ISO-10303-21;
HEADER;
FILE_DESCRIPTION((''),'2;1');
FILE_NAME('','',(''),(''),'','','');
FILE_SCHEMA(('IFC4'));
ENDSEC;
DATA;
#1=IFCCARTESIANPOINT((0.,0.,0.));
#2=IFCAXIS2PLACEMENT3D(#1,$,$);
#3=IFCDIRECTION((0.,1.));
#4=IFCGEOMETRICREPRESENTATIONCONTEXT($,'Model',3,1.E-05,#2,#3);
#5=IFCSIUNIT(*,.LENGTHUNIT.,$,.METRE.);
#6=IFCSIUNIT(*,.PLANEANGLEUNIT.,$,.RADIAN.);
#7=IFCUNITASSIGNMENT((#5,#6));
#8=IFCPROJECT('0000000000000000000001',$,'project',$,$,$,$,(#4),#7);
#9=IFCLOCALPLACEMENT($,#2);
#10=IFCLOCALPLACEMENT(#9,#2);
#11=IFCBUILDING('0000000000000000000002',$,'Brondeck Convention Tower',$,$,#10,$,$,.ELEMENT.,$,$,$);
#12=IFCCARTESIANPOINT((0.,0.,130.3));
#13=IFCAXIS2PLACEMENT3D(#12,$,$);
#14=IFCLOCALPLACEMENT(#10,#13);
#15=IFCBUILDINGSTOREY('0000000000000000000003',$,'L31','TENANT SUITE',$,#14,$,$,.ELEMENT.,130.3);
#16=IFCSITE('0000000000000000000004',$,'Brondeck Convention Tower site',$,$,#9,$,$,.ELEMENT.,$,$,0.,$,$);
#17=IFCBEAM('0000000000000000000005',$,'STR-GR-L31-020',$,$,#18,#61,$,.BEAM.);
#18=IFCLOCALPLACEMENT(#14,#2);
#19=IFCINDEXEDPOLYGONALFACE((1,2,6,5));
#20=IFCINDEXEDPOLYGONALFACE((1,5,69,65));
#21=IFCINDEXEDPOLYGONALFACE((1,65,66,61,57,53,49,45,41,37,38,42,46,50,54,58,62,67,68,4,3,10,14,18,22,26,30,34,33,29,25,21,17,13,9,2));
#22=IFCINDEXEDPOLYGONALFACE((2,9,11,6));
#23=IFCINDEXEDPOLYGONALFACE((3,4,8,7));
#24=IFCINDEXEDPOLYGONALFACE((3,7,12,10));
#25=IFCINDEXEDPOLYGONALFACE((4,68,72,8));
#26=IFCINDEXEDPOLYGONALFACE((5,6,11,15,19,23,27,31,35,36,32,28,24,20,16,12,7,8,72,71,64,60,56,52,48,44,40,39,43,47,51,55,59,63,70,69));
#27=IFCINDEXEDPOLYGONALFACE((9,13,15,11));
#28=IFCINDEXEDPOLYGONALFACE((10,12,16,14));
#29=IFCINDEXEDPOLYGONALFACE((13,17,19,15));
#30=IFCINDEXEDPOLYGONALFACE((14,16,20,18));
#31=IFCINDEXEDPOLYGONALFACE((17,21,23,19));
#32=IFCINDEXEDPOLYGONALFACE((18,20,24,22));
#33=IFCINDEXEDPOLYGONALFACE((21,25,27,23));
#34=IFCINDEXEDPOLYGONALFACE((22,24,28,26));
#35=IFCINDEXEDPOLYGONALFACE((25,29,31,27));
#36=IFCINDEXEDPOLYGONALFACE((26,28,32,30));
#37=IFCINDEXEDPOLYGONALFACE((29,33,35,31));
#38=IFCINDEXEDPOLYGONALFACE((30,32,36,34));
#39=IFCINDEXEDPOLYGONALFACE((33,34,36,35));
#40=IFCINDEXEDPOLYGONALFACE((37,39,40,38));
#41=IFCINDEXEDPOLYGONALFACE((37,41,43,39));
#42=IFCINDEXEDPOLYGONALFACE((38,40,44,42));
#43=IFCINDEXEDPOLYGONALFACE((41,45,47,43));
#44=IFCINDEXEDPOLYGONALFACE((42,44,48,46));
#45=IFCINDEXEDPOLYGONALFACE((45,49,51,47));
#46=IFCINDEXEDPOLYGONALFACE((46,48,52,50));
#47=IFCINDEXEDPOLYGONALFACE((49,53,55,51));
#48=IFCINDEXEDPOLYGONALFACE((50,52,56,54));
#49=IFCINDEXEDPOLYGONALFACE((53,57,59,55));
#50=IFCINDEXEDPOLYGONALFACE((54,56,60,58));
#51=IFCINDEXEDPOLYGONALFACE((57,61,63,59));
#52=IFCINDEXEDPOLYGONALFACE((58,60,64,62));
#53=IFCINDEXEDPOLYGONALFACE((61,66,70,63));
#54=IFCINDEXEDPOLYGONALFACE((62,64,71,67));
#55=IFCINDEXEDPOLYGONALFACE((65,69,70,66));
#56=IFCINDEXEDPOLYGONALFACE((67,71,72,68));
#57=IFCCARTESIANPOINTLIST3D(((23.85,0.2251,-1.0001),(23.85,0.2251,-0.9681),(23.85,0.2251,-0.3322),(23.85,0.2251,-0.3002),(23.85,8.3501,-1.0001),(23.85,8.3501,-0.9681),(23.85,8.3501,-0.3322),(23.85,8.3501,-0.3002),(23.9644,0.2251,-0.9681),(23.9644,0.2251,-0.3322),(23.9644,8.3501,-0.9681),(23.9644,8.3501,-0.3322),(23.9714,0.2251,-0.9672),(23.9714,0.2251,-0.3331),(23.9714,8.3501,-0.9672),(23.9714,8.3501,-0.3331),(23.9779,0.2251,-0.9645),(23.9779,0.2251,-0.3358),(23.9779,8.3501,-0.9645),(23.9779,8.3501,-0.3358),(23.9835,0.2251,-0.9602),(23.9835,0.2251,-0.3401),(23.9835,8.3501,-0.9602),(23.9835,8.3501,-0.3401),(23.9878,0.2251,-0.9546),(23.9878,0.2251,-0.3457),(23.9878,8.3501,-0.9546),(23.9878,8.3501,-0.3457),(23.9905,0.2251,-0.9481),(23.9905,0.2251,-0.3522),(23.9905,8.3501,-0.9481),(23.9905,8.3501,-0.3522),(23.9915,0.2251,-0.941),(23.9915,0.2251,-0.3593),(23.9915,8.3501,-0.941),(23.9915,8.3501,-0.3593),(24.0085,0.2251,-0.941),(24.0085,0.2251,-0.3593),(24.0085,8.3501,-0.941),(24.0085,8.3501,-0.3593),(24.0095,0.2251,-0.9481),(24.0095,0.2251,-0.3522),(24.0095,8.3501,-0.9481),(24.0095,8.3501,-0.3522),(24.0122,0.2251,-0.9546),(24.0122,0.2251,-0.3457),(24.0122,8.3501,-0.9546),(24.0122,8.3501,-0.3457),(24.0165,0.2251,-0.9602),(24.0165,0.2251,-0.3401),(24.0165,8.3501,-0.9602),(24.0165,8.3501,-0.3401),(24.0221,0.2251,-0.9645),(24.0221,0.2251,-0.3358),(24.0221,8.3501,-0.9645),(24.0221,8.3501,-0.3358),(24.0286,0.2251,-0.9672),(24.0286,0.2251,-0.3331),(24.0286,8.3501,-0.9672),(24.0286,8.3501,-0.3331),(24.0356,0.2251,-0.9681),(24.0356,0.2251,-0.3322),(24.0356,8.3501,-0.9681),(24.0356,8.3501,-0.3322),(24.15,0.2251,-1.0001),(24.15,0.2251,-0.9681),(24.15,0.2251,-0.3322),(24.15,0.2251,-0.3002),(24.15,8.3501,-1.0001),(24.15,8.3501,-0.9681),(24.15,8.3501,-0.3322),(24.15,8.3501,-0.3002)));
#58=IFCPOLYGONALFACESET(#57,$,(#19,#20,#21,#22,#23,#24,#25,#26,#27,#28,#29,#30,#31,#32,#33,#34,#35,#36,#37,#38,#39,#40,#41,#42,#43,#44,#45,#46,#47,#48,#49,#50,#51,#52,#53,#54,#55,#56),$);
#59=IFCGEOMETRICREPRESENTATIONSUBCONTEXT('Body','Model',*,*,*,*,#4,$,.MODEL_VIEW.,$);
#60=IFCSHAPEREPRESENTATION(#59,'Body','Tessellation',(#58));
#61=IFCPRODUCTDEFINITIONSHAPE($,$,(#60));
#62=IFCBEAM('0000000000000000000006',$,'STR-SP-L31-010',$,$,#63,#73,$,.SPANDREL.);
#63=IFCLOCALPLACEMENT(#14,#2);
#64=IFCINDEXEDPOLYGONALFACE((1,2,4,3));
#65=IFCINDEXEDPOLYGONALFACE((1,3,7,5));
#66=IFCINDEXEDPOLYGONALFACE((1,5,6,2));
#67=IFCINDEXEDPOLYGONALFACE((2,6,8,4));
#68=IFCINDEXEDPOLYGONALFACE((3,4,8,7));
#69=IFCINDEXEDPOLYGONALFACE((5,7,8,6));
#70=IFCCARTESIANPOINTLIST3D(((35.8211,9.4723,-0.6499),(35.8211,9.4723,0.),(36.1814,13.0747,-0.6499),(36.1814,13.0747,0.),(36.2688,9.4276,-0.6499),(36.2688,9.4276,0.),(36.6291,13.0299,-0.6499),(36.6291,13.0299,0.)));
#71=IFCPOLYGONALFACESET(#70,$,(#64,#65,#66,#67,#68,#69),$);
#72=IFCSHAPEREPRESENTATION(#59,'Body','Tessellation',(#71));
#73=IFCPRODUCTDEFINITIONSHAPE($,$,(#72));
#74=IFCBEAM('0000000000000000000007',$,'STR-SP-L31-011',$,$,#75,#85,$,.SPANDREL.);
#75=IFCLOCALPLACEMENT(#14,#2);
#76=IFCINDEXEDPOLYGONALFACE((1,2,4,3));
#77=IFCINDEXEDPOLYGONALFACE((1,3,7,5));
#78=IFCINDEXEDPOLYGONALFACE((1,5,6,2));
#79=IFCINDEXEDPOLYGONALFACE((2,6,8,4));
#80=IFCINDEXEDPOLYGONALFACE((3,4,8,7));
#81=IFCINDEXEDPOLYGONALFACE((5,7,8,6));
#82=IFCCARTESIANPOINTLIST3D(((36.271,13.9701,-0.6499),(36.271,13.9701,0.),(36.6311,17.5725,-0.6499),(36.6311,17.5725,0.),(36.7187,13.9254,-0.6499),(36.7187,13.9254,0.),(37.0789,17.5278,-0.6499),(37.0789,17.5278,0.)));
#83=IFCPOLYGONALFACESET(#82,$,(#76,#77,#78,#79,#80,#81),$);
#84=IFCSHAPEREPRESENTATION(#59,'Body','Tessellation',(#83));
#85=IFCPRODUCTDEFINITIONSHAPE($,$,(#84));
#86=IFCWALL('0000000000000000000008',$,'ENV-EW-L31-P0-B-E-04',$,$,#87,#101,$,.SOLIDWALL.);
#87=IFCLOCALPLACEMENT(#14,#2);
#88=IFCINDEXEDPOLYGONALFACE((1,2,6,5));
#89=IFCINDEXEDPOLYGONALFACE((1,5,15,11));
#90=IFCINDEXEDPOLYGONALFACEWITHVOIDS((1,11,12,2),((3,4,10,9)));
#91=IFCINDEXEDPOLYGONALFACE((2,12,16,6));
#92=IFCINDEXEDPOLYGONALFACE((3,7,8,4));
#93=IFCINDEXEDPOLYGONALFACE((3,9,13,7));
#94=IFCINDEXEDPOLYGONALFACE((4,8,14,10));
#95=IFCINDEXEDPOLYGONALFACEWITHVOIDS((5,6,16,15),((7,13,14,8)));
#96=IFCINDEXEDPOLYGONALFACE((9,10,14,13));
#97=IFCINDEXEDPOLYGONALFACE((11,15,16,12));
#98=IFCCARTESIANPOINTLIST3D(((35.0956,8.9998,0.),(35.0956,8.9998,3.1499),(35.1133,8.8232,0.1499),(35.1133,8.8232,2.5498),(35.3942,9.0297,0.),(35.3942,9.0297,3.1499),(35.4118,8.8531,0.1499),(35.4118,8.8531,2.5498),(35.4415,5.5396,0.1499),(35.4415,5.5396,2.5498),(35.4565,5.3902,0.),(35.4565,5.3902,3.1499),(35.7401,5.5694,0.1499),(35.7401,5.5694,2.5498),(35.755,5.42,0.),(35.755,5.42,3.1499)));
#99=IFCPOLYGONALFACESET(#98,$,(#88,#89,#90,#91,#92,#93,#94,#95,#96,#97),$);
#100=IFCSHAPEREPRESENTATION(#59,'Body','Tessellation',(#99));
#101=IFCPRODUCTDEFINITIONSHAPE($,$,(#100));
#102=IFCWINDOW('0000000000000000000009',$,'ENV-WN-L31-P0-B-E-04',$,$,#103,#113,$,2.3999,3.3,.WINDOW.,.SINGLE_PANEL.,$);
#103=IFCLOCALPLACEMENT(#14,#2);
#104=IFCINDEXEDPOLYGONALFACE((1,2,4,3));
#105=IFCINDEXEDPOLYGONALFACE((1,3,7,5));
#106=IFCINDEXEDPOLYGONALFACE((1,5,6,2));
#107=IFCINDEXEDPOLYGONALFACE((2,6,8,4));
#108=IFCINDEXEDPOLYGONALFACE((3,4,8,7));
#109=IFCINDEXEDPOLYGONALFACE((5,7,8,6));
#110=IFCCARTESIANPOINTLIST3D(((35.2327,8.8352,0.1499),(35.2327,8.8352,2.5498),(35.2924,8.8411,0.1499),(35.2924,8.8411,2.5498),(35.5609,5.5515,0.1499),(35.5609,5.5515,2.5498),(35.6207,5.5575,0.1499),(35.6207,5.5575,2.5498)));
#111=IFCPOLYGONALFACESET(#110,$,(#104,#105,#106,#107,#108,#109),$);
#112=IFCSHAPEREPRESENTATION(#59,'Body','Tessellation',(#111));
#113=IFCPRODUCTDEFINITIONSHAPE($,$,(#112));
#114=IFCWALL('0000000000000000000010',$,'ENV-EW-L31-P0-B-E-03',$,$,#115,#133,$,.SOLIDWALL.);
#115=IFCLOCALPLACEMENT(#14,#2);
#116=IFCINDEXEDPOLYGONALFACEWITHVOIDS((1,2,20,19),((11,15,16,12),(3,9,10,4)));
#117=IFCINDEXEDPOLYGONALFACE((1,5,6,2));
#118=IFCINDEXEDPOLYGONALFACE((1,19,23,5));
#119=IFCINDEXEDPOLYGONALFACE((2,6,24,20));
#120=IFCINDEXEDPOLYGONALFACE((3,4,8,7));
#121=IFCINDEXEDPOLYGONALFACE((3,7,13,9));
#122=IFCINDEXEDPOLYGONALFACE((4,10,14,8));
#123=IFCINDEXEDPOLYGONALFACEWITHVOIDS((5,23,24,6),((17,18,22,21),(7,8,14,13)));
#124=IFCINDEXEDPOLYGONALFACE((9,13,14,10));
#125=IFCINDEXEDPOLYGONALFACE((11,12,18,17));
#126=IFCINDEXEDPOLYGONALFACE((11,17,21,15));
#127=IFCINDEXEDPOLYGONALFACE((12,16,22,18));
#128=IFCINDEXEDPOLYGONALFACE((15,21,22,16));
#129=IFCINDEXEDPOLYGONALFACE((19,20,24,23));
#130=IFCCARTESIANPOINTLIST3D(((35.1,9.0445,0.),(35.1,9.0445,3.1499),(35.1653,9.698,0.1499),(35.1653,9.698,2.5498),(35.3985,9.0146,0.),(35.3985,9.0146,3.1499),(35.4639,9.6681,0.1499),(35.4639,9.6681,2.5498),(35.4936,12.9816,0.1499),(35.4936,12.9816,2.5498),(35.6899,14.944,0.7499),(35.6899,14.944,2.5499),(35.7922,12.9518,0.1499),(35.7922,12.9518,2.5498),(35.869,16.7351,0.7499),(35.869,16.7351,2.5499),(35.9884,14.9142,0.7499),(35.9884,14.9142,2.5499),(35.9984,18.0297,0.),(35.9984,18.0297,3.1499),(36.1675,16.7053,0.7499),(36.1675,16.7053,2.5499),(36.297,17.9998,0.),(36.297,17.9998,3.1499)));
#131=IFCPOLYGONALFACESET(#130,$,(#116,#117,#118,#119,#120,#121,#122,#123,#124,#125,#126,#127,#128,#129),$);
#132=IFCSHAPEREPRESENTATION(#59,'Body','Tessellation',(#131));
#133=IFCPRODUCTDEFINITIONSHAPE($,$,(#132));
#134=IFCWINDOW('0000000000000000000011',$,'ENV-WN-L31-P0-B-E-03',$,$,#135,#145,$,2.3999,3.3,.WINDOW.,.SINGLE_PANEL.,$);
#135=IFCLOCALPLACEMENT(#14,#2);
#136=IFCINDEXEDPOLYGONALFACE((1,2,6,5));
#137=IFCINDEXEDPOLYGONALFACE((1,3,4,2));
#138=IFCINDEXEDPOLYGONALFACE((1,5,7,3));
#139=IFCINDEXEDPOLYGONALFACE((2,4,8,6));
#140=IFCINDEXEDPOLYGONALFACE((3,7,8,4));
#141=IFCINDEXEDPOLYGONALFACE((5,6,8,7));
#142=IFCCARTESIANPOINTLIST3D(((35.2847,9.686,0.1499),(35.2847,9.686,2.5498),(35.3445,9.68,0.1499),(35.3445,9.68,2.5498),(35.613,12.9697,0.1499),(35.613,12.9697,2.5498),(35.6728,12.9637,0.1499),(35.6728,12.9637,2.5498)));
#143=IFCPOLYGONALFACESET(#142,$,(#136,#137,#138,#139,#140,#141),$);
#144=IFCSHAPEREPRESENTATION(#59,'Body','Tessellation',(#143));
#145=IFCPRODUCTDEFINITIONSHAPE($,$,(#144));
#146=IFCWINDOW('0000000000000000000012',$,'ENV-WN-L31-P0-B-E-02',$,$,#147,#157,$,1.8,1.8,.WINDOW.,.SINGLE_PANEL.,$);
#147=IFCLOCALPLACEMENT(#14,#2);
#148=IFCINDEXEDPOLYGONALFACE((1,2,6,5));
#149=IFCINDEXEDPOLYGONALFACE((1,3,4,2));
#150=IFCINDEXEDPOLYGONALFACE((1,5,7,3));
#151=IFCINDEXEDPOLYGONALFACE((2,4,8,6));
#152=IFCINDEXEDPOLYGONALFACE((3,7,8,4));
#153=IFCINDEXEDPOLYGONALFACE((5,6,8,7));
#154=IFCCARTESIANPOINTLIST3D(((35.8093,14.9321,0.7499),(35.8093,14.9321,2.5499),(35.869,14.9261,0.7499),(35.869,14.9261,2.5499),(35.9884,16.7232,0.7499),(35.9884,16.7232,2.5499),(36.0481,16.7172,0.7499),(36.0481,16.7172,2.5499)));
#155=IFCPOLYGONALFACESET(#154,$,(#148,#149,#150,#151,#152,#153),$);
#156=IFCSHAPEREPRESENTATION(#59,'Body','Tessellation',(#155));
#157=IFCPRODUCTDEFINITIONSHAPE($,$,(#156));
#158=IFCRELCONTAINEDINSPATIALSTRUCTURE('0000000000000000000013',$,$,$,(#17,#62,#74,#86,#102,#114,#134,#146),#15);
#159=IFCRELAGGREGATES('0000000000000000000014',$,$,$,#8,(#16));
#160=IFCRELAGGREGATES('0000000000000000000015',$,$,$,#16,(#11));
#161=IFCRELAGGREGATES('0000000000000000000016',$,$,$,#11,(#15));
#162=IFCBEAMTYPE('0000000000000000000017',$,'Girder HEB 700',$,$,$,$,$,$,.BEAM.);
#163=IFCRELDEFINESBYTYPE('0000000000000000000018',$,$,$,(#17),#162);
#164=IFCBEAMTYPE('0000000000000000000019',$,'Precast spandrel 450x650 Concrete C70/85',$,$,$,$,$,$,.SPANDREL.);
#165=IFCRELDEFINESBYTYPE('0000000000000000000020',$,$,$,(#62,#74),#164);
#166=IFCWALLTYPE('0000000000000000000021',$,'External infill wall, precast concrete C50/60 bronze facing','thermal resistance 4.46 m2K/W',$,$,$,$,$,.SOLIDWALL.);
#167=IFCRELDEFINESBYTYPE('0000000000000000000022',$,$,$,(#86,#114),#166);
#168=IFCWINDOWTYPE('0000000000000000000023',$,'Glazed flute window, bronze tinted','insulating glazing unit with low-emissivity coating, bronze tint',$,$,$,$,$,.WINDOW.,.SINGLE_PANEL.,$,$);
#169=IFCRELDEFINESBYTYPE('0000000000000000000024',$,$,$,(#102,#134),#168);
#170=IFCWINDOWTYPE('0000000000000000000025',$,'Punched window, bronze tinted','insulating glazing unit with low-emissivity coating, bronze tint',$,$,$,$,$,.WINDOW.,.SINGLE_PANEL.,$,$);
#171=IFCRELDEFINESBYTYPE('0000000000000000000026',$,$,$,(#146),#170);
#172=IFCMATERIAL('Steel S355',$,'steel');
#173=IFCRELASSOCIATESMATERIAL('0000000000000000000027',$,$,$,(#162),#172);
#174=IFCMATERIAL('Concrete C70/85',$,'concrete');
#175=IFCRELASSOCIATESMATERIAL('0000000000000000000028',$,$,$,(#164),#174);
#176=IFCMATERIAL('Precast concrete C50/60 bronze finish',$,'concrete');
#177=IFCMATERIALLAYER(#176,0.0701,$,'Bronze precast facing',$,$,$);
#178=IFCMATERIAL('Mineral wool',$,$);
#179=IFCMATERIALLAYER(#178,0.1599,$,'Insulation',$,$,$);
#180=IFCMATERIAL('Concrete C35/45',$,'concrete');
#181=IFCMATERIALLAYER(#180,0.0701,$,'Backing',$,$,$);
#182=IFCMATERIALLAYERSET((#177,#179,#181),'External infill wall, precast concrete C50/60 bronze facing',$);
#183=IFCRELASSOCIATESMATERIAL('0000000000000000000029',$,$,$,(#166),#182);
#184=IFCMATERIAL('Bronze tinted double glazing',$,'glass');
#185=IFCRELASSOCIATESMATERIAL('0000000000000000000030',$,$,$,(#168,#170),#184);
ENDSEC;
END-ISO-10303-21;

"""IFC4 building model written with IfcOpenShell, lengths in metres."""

from ifc_helpers import new_model, si_unit, direction, frame, frame_2d, origin, origin_2d, place, context, subcontext, project, spatial, rectangle, i_section, extrude, material, layer, layer_set, material_profile, profile_set, type_object, element, fill, save


model = new_model("IFC4")

# Units and contexts
model_context = context("Model", 3, precision=1e-05, world=origin(), true_north=direction((0.0, 1.0)))
body_context = subcontext(model_context, "Body", "Model", "MODEL_VIEW")
ifc_project = project(units=[si_unit("LENGTHUNIT", "METRE"), si_unit("PLANEANGLEUNIT", "RADIAN")], contexts=[model_context])

# Site, building, storey
site_placement = place(None, origin())
site = spatial("IfcSite", under=ifc_project, at=site_placement, Name="Brondeck Convention Tower site", CompositionType="ELEMENT", RefElevation=0.0)
building_placement = place(site_placement, origin())
building = spatial("IfcBuilding", under=site, at=building_placement, Name="Brondeck Convention Tower", CompositionType="ELEMENT")
storey_placement = place(building_placement, frame((0.0, 0.0, 130.3)))
storey = spatial("IfcBuildingStorey", under=building, at=storey_placement, Name="L31", Description="TENANT SUITE", CompositionType="ELEMENT", Elevation=130.3)

# Shared definitions
ifc_material_1 = material(Name="Concrete C70/85", Category="concrete")

# Beams
ifc_material_2 = material(Name="Steel S355", Category="steel")
ifc_material_profile_1 = material_profile(ifc_material_2, i_section(OverallWidth=0.3, OverallDepth=0.7, WebThickness=0.0171, FlangeThickness=0.032, FilletRadius=0.0271, at=origin_2d()), Name="HEB 700")
ifc_profile_set_1 = profile_set([ifc_material_profile_1], Name="Steel S355")
beam_type_1 = type_object("IfcBeamType", Name="Girder HEB 700", PredefinedType="BEAM", material=ifc_profile_set_1)
beam_1_placement = place(storey_placement, frame((24.0, 8.3501, -0.6501), z_axis=(0.0, -1.0, 0.0), x_axis=(1.0, 0.0, 0.0)))
element("IfcBeam", 1, at=beam_1_placement, inside=storey, type_object=beam_type_1, Name="STR-GR-L31-020", PredefinedType="BEAM", context=body_context, shape_type="SweptSolid", body=[
    extrude(i_section(OverallWidth=0.3, OverallDepth=0.7, WebThickness=0.0171, FlangeThickness=0.032, FilletRadius=0.0271, at=origin_2d()), origin(), (0.0, 0.0, 1.0), 8.125),
])
ifc_material_profile_2 = material_profile(ifc_material_1, rectangle(XDim=0.45, YDim=0.6499, at=origin_2d()), Name="Precast spandrel 450x650 Concrete C70/85")
ifc_profile_set_2 = profile_set([ifc_material_profile_2], Name="Concrete C70/85")
beam_type_2 = type_object("IfcBeamType", Name="Precast spandrel 450x650 Concrete C70/85", PredefinedType="SPANDREL", material=ifc_profile_set_2)
for number, where, z_axis, x_axis, name in (
    (2, (36.0449, 9.45, -0.325), (0.099537, 0.995034, 0.0), (-0.995034, 0.099537, 0.0), "STR-SP-L31-010"),
    (3, (36.4949, 13.9478, -0.325), (0.09947, 0.995041, 0.0), (-0.995041, 0.09947, 0.0), "STR-SP-L31-011"),
):
    element("IfcBeam", number, at=place(storey_placement, frame(where, z_axis=z_axis, x_axis=x_axis)), inside=storey, type_object=beam_type_2, Name=name, PredefinedType="SPANDREL", context=body_context, shape_type="SweptSolid", body=[
        extrude(rectangle(XDim=0.45, YDim=0.6499, at=origin_2d()), origin(), (0.0, 0.0, 1.0), 3.6204),
    ])

# Wall, opening, window
ifc_material_3 = material(Name="Precast concrete C50/60 bronze finish", Category="concrete")
ifc_layer_1 = layer(ifc_material_3, 0.0701, Name="Bronze precast facing")
ifc_material_4 = material(Name="Mineral wool")
ifc_layer_2 = layer(ifc_material_4, 0.1599, Name="Insulation")
ifc_material_5 = material(Name="Concrete C35/45", Category="concrete")
ifc_layer_3 = layer(ifc_material_5, 0.0701, Name="Backing")
ifc_layer_set = layer_set([ifc_layer_1, ifc_layer_2, ifc_layer_3], Name="External infill wall, precast concrete C50/60 bronze facing")
wall_type = type_object("IfcWallType", Name="External infill wall, precast concrete C50/60 bronze facing", Description="thermal resistance 4.46 m2K/W", PredefinedType="SOLIDWALL", material=ifc_layer_set)
wall_1_placement = place(storey_placement, frame((35.2449, 9.0149, 0.0), z_axis=(0.0, 0.0, 1.0), x_axis=(0.09947, -0.995041, 0.0)))
wall_1 = element("IfcWall", 4, at=wall_1_placement, inside=storey, type_object=wall_type, Name="ENV-EW-L31-P0-B-E-04", PredefinedType="SOLIDWALL", context=body_context, shape_type="SweptSolid", body=[
    extrude(rectangle(XDim=3.6277, YDim=0.3, at=frame_2d((1.814, 0.0))), origin(), (0.0, 0.0, 1.0), 3.1499),
])
opening_1_placement = place(wall_1_placement, frame((0.1777, 0.0, 0.1499)))
opening_1 = element("IfcOpeningElement", 5, at=opening_1_placement, cuts=wall_1, PredefinedType="OPENING", context=body_context, shape_type="SweptSolid", body=[
    extrude(rectangle(XDim=3.3, YDim=2.3999, at=frame_2d((1.6499, 1.2))), frame((0.0, 0.1599, 0.0), z_axis=(0.0, -1.0, 0.0), x_axis=(1.0, 0.0, 0.0)), (0.0, 0.0, 1.0), 0.3201),
])
ifc_material_6 = material(Name="Bronze tinted double glazing", Category="glass")
window_type_1 = type_object("IfcWindowType", Name="Glazed flute window, bronze tinted", Description="insulating glazing unit with low-emissivity coating, bronze tint", PartitioningType="SINGLE_PANEL", PredefinedType="WINDOW", material=ifc_material_6)
window_1_placement = place(opening_1_placement, origin())
window_1 = element("IfcWindow", 6, at=window_1_placement, inside=storey, type_object=window_type_1, Name="ENV-WN-L31-P0-B-E-04", OverallHeight=2.3999, OverallWidth=3.3, PartitioningType="SINGLE_PANEL", PredefinedType="WINDOW", context=body_context, shape_type="SweptSolid", body=[
    extrude(rectangle(XDim=3.3, YDim=2.3999, at=frame_2d((1.6499, 1.2))), frame((0.0, 0.03, 0.0), z_axis=(0.0, -1.0, 0.0), x_axis=(1.0, 0.0, 0.0)), (0.0, 0.0, 1.0), 0.0601),
])
fill(opening_1, window_1)

# Wall, openings, windows
wall_2_placement = place(storey_placement, frame((36.1477, 18.0149, 0.0), z_axis=(0.0, 0.0, 1.0), x_axis=(-0.099496, -0.995038, 0.0)))
wall_2 = element("IfcWall", 7, at=wall_2_placement, inside=storey, type_object=wall_type, Name="ENV-EW-L31-P0-B-E-03", PredefinedType="SOLIDWALL", context=body_context, shape_type="SweptSolid", body=[
    extrude(rectangle(XDim=9.03, YDim=0.3, at=frame_2d((4.5151, 0.0))), origin(), (0.0, 0.0, 1.0), 3.1499),
])
opening_2_placement = place(wall_2_placement, frame((1.3013, 0.0, 0.75)))
opening_2 = element("IfcOpeningElement", 8, at=opening_2_placement, cuts=wall_2, PredefinedType="OPENING", context=body_context, shape_type="SweptSolid", body=[
    extrude(rectangle(XDim=1.8, YDim=1.8, at=frame_2d((0.8999, 0.8999))), frame((0.0, 0.1599, 0.0), z_axis=(0.0, -1.0, 0.0), x_axis=(1.0, 0.0, 0.0)), (0.0, 0.0, 1.0), 0.3201),
])
opening_3_placement = place(wall_2_placement, frame((5.0735, 0.0, 0.1499)))
opening_3 = element("IfcOpeningElement", 9, at=opening_3_placement, cuts=wall_2, PredefinedType="OPENING", context=body_context, shape_type="SweptSolid", body=[
    extrude(rectangle(XDim=3.3, YDim=2.3999, at=frame_2d((1.6499, 1.2))), frame((0.0, 0.1599, 0.0), z_axis=(0.0, -1.0, 0.0), x_axis=(1.0, 0.0, 0.0)), (0.0, 0.0, 1.0), 0.3201),
])
window_2_placement = place(opening_3_placement, origin())
window_2 = element("IfcWindow", 10, at=window_2_placement, inside=storey, type_object=window_type_1, Name="ENV-WN-L31-P0-B-E-03", OverallHeight=2.3999, OverallWidth=3.3, PartitioningType="SINGLE_PANEL", PredefinedType="WINDOW", context=body_context, shape_type="SweptSolid", body=[
    extrude(rectangle(XDim=3.3, YDim=2.3999, at=frame_2d((1.6499, 1.2))), frame((0.0, 0.03, 0.0), z_axis=(0.0, -1.0, 0.0), x_axis=(1.0, 0.0, 0.0)), (0.0, 0.0, 1.0), 0.0601),
])
fill(opening_3, window_2)
window_type_2 = type_object("IfcWindowType", Name="Punched window, bronze tinted", Description="insulating glazing unit with low-emissivity coating, bronze tint", PartitioningType="SINGLE_PANEL", PredefinedType="WINDOW", material=ifc_material_6)
window_3_placement = place(opening_2_placement, origin())
window_3 = element("IfcWindow", 11, at=window_3_placement, inside=storey, type_object=window_type_2, Name="ENV-WN-L31-P0-B-E-02", OverallHeight=1.8, OverallWidth=1.8, PartitioningType="SINGLE_PANEL", PredefinedType="WINDOW", context=body_context, shape_type="SweptSolid", body=[
    extrude(rectangle(XDim=1.8, YDim=1.8, at=frame_2d((0.8999, 0.8999))), frame((0.0, 0.03, 0.0), z_axis=(0.0, -1.0, 0.0), x_axis=(1.0, 0.0, 0.0)), (0.0, 0.0, 1.0), 0.0601),
])
fill(opening_2, window_3)

save(model, "model.ifc")
